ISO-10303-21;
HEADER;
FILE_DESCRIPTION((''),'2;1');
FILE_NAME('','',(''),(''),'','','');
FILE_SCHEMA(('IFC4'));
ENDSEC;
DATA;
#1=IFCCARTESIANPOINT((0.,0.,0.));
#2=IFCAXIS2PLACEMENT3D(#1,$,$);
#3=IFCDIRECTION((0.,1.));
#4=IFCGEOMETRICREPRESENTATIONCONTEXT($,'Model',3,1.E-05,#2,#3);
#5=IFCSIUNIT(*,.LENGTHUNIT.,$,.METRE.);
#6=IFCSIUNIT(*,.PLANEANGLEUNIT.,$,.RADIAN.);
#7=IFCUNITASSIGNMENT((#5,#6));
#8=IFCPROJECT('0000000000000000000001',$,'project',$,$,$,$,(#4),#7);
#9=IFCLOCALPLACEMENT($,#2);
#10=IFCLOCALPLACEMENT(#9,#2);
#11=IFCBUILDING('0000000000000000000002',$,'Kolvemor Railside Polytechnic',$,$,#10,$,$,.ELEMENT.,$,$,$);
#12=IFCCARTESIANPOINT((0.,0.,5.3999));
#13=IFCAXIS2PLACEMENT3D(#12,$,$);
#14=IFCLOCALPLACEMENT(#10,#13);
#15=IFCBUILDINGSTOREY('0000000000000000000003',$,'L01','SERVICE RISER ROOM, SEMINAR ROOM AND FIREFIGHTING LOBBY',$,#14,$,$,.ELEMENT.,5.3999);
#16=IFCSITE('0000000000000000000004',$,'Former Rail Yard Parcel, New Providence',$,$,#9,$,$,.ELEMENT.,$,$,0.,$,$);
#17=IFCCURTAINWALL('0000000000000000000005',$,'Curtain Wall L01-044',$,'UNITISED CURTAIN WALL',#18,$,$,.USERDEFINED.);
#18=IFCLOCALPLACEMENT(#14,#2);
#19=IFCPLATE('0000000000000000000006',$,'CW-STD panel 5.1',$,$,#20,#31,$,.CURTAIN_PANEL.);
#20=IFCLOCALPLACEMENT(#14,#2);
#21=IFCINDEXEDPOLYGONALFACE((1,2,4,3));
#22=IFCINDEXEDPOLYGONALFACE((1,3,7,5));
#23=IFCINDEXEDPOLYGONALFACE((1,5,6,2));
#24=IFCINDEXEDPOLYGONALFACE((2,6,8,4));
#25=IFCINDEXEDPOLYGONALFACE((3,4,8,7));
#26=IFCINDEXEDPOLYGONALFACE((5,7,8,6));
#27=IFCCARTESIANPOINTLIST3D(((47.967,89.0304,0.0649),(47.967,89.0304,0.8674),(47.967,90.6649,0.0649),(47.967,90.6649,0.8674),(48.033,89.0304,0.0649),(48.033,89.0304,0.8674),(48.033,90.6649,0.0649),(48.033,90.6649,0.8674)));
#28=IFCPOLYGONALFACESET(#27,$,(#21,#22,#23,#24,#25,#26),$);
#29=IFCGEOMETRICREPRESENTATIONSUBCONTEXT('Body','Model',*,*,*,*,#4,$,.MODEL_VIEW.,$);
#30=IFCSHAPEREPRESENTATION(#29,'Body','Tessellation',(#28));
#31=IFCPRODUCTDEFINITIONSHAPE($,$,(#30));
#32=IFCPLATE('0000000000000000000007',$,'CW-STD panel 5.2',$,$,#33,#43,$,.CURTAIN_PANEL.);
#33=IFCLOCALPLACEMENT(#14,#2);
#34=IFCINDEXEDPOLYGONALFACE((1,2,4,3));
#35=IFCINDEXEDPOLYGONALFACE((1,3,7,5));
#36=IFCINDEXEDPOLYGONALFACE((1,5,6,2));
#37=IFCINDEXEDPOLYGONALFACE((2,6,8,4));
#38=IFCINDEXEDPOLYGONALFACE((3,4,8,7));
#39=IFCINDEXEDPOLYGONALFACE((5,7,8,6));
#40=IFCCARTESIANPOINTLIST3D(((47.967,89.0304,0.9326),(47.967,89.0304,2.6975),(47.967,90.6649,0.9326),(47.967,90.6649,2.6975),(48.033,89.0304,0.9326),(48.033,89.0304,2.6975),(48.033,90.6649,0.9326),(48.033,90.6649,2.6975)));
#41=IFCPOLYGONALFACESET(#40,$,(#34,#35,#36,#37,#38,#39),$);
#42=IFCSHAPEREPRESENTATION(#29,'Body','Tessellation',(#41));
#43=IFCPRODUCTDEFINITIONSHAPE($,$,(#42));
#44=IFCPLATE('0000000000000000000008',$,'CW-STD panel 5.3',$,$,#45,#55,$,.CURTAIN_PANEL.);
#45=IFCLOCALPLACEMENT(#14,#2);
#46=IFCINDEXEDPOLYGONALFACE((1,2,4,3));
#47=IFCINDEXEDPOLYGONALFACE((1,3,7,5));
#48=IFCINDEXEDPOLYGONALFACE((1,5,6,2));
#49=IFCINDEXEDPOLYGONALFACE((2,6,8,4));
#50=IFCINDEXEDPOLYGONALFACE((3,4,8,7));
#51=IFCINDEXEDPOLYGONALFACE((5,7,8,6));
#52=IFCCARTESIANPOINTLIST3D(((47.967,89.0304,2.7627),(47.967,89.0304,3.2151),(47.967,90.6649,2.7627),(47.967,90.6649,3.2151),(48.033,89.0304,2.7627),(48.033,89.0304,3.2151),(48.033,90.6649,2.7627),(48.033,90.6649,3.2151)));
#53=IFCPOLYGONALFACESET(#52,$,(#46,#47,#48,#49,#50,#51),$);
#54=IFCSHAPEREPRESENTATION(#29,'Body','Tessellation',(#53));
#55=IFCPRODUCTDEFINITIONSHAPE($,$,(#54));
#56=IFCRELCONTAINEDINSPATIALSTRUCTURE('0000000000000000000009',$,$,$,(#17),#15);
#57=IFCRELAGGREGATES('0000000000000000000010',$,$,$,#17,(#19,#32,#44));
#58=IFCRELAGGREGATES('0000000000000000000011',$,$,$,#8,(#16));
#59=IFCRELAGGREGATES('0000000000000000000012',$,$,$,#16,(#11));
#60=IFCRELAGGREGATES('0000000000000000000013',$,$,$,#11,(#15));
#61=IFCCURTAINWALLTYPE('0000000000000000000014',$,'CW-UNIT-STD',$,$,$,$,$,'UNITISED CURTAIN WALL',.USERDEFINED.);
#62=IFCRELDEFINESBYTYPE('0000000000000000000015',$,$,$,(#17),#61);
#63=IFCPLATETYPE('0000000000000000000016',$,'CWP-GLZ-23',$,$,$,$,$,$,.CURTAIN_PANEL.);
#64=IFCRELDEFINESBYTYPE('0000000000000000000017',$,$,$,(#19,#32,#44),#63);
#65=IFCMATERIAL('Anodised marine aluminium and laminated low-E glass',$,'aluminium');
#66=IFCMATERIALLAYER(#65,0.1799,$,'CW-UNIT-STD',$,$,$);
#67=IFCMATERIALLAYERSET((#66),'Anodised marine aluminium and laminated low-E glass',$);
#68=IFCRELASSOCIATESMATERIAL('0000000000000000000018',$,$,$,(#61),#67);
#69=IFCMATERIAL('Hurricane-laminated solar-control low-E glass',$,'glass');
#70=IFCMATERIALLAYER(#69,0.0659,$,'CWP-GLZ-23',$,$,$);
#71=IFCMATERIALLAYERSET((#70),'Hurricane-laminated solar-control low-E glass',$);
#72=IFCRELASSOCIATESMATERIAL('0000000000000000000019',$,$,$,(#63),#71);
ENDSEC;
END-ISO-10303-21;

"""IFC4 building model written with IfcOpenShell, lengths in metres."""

from ifc_helpers import new_model, si_unit, direction, frame, origin, origin_2d, place, context, subcontext, project, spatial, rectangle, extrude, material, layer, layer_set, type_object, element, aggregate, save


model = new_model("IFC4")

# Units and contexts
model_context = context("Model", 3, precision=1e-05, world=origin(), true_north=direction((0.0, 1.0)))
body_context = subcontext(model_context, "Body", "Model", "MODEL_VIEW")
ifc_project = project(units=[si_unit("LENGTHUNIT", "METRE"), si_unit("PLANEANGLEUNIT", "RADIAN")], contexts=[model_context])

# Site, building, storey
site_placement = place(None, origin())
site = spatial("IfcSite", under=ifc_project, at=site_placement, Name="Former Rail Yard Parcel, New Providence", CompositionType="ELEMENT", RefElevation=0.0)
building_placement = place(site_placement, origin())
building = spatial("IfcBuilding", under=site, at=building_placement, Name="Kolvemor Railside Polytechnic", CompositionType="ELEMENT")
storey_placement = place(building_placement, frame((0.0, 0.0, 5.3999)))
storey = spatial("IfcBuildingStorey", under=building, at=storey_placement, Name="L01", Description="SERVICE RISER ROOM, SEMINAR ROOM AND FIREFIGHTING LOBBY", CompositionType="ELEMENT", Elevation=5.3999)

# Curtain wall
ifc_material_1 = material(Name="Anodised marine aluminium and laminated low-E glass", Category="aluminium")
ifc_layer_1 = layer(ifc_material_1, 0.1799, Name="CW-UNIT-STD")
ifc_layer_set_1 = layer_set([ifc_layer_1], Name="Anodised marine aluminium and laminated low-E glass")
curtain_wall_type_1 = type_object("IfcCurtainWallType", Name="CW-UNIT-STD", ElementType="UNITISED CURTAIN WALL", PredefinedType="USERDEFINED", material=ifc_layer_set_1)
curtain_wall_1_placement = place(storey_placement, origin())
curtain_wall_1 = element("IfcCurtainWall", 1, at=curtain_wall_1_placement, inside=storey, type_object=curtain_wall_type_1, Name="Curtain Wall L01-044", ObjectType="UNITISED CURTAIN WALL", PredefinedType="USERDEFINED")

# Plates
ifc_material_2 = material(Name="Hurricane-laminated solar-control low-E glass", Category="glass")
ifc_layer_2 = layer(ifc_material_2, 0.0659, Name="CWP-GLZ-23")
ifc_layer_set_2 = layer_set([ifc_layer_2], Name="Hurricane-laminated solar-control low-E glass")
plate_type_1 = type_object("IfcPlateType", Name="CWP-GLZ-23", PredefinedType="CURTAIN_PANEL", material=ifc_layer_set_2)
plate_1_placement = place(storey_placement, frame((48.0, 89.8477, 0.0649), z_axis=(0.0, 0.0, 1.0), x_axis=(0.0, 1.0, 0.0)))
plate_1 = element("IfcPlate", 2, at=plate_1_placement, type_object=plate_type_1, Name="CW-STD panel 5.1", PredefinedType="CURTAIN_PANEL", context=body_context, shape_type="SweptSolid", body=[
    extrude(rectangle(XDim=1.6345, YDim=0.0659, at=origin_2d()), origin(), (0.0, 0.0, 1.0), 0.8025),
])
plate_2_placement = place(storey_placement, frame((48.0, 89.8477, 0.9326), z_axis=(0.0, 0.0, 1.0), x_axis=(0.0, 1.0, 0.0)))
plate_2 = element("IfcPlate", 3, at=plate_2_placement, type_object=plate_type_1, Name="CW-STD panel 5.2", PredefinedType="CURTAIN_PANEL", context=body_context, shape_type="SweptSolid", body=[
    extrude(rectangle(XDim=1.6345, YDim=0.0659, at=origin_2d()), origin(), (0.0, 0.0, 1.0), 1.7649),
])
plate_3_placement = place(storey_placement, frame((48.0, 89.8477, 2.7627), z_axis=(0.0, 0.0, 1.0), x_axis=(0.0, 1.0, 0.0)))
plate_3 = element("IfcPlate", 4, at=plate_3_placement, type_object=plate_type_1, Name="CW-STD panel 5.3", PredefinedType="CURTAIN_PANEL", context=body_context, shape_type="SweptSolid", body=[
    extrude(rectangle(XDim=1.6345, YDim=0.0659, at=origin_2d()), origin(), (0.0, 0.0, 1.0), 0.4524),
])
aggregate(curtain_wall_1, [plate_1, plate_2, plate_3])

save(model, "model.ifc")
